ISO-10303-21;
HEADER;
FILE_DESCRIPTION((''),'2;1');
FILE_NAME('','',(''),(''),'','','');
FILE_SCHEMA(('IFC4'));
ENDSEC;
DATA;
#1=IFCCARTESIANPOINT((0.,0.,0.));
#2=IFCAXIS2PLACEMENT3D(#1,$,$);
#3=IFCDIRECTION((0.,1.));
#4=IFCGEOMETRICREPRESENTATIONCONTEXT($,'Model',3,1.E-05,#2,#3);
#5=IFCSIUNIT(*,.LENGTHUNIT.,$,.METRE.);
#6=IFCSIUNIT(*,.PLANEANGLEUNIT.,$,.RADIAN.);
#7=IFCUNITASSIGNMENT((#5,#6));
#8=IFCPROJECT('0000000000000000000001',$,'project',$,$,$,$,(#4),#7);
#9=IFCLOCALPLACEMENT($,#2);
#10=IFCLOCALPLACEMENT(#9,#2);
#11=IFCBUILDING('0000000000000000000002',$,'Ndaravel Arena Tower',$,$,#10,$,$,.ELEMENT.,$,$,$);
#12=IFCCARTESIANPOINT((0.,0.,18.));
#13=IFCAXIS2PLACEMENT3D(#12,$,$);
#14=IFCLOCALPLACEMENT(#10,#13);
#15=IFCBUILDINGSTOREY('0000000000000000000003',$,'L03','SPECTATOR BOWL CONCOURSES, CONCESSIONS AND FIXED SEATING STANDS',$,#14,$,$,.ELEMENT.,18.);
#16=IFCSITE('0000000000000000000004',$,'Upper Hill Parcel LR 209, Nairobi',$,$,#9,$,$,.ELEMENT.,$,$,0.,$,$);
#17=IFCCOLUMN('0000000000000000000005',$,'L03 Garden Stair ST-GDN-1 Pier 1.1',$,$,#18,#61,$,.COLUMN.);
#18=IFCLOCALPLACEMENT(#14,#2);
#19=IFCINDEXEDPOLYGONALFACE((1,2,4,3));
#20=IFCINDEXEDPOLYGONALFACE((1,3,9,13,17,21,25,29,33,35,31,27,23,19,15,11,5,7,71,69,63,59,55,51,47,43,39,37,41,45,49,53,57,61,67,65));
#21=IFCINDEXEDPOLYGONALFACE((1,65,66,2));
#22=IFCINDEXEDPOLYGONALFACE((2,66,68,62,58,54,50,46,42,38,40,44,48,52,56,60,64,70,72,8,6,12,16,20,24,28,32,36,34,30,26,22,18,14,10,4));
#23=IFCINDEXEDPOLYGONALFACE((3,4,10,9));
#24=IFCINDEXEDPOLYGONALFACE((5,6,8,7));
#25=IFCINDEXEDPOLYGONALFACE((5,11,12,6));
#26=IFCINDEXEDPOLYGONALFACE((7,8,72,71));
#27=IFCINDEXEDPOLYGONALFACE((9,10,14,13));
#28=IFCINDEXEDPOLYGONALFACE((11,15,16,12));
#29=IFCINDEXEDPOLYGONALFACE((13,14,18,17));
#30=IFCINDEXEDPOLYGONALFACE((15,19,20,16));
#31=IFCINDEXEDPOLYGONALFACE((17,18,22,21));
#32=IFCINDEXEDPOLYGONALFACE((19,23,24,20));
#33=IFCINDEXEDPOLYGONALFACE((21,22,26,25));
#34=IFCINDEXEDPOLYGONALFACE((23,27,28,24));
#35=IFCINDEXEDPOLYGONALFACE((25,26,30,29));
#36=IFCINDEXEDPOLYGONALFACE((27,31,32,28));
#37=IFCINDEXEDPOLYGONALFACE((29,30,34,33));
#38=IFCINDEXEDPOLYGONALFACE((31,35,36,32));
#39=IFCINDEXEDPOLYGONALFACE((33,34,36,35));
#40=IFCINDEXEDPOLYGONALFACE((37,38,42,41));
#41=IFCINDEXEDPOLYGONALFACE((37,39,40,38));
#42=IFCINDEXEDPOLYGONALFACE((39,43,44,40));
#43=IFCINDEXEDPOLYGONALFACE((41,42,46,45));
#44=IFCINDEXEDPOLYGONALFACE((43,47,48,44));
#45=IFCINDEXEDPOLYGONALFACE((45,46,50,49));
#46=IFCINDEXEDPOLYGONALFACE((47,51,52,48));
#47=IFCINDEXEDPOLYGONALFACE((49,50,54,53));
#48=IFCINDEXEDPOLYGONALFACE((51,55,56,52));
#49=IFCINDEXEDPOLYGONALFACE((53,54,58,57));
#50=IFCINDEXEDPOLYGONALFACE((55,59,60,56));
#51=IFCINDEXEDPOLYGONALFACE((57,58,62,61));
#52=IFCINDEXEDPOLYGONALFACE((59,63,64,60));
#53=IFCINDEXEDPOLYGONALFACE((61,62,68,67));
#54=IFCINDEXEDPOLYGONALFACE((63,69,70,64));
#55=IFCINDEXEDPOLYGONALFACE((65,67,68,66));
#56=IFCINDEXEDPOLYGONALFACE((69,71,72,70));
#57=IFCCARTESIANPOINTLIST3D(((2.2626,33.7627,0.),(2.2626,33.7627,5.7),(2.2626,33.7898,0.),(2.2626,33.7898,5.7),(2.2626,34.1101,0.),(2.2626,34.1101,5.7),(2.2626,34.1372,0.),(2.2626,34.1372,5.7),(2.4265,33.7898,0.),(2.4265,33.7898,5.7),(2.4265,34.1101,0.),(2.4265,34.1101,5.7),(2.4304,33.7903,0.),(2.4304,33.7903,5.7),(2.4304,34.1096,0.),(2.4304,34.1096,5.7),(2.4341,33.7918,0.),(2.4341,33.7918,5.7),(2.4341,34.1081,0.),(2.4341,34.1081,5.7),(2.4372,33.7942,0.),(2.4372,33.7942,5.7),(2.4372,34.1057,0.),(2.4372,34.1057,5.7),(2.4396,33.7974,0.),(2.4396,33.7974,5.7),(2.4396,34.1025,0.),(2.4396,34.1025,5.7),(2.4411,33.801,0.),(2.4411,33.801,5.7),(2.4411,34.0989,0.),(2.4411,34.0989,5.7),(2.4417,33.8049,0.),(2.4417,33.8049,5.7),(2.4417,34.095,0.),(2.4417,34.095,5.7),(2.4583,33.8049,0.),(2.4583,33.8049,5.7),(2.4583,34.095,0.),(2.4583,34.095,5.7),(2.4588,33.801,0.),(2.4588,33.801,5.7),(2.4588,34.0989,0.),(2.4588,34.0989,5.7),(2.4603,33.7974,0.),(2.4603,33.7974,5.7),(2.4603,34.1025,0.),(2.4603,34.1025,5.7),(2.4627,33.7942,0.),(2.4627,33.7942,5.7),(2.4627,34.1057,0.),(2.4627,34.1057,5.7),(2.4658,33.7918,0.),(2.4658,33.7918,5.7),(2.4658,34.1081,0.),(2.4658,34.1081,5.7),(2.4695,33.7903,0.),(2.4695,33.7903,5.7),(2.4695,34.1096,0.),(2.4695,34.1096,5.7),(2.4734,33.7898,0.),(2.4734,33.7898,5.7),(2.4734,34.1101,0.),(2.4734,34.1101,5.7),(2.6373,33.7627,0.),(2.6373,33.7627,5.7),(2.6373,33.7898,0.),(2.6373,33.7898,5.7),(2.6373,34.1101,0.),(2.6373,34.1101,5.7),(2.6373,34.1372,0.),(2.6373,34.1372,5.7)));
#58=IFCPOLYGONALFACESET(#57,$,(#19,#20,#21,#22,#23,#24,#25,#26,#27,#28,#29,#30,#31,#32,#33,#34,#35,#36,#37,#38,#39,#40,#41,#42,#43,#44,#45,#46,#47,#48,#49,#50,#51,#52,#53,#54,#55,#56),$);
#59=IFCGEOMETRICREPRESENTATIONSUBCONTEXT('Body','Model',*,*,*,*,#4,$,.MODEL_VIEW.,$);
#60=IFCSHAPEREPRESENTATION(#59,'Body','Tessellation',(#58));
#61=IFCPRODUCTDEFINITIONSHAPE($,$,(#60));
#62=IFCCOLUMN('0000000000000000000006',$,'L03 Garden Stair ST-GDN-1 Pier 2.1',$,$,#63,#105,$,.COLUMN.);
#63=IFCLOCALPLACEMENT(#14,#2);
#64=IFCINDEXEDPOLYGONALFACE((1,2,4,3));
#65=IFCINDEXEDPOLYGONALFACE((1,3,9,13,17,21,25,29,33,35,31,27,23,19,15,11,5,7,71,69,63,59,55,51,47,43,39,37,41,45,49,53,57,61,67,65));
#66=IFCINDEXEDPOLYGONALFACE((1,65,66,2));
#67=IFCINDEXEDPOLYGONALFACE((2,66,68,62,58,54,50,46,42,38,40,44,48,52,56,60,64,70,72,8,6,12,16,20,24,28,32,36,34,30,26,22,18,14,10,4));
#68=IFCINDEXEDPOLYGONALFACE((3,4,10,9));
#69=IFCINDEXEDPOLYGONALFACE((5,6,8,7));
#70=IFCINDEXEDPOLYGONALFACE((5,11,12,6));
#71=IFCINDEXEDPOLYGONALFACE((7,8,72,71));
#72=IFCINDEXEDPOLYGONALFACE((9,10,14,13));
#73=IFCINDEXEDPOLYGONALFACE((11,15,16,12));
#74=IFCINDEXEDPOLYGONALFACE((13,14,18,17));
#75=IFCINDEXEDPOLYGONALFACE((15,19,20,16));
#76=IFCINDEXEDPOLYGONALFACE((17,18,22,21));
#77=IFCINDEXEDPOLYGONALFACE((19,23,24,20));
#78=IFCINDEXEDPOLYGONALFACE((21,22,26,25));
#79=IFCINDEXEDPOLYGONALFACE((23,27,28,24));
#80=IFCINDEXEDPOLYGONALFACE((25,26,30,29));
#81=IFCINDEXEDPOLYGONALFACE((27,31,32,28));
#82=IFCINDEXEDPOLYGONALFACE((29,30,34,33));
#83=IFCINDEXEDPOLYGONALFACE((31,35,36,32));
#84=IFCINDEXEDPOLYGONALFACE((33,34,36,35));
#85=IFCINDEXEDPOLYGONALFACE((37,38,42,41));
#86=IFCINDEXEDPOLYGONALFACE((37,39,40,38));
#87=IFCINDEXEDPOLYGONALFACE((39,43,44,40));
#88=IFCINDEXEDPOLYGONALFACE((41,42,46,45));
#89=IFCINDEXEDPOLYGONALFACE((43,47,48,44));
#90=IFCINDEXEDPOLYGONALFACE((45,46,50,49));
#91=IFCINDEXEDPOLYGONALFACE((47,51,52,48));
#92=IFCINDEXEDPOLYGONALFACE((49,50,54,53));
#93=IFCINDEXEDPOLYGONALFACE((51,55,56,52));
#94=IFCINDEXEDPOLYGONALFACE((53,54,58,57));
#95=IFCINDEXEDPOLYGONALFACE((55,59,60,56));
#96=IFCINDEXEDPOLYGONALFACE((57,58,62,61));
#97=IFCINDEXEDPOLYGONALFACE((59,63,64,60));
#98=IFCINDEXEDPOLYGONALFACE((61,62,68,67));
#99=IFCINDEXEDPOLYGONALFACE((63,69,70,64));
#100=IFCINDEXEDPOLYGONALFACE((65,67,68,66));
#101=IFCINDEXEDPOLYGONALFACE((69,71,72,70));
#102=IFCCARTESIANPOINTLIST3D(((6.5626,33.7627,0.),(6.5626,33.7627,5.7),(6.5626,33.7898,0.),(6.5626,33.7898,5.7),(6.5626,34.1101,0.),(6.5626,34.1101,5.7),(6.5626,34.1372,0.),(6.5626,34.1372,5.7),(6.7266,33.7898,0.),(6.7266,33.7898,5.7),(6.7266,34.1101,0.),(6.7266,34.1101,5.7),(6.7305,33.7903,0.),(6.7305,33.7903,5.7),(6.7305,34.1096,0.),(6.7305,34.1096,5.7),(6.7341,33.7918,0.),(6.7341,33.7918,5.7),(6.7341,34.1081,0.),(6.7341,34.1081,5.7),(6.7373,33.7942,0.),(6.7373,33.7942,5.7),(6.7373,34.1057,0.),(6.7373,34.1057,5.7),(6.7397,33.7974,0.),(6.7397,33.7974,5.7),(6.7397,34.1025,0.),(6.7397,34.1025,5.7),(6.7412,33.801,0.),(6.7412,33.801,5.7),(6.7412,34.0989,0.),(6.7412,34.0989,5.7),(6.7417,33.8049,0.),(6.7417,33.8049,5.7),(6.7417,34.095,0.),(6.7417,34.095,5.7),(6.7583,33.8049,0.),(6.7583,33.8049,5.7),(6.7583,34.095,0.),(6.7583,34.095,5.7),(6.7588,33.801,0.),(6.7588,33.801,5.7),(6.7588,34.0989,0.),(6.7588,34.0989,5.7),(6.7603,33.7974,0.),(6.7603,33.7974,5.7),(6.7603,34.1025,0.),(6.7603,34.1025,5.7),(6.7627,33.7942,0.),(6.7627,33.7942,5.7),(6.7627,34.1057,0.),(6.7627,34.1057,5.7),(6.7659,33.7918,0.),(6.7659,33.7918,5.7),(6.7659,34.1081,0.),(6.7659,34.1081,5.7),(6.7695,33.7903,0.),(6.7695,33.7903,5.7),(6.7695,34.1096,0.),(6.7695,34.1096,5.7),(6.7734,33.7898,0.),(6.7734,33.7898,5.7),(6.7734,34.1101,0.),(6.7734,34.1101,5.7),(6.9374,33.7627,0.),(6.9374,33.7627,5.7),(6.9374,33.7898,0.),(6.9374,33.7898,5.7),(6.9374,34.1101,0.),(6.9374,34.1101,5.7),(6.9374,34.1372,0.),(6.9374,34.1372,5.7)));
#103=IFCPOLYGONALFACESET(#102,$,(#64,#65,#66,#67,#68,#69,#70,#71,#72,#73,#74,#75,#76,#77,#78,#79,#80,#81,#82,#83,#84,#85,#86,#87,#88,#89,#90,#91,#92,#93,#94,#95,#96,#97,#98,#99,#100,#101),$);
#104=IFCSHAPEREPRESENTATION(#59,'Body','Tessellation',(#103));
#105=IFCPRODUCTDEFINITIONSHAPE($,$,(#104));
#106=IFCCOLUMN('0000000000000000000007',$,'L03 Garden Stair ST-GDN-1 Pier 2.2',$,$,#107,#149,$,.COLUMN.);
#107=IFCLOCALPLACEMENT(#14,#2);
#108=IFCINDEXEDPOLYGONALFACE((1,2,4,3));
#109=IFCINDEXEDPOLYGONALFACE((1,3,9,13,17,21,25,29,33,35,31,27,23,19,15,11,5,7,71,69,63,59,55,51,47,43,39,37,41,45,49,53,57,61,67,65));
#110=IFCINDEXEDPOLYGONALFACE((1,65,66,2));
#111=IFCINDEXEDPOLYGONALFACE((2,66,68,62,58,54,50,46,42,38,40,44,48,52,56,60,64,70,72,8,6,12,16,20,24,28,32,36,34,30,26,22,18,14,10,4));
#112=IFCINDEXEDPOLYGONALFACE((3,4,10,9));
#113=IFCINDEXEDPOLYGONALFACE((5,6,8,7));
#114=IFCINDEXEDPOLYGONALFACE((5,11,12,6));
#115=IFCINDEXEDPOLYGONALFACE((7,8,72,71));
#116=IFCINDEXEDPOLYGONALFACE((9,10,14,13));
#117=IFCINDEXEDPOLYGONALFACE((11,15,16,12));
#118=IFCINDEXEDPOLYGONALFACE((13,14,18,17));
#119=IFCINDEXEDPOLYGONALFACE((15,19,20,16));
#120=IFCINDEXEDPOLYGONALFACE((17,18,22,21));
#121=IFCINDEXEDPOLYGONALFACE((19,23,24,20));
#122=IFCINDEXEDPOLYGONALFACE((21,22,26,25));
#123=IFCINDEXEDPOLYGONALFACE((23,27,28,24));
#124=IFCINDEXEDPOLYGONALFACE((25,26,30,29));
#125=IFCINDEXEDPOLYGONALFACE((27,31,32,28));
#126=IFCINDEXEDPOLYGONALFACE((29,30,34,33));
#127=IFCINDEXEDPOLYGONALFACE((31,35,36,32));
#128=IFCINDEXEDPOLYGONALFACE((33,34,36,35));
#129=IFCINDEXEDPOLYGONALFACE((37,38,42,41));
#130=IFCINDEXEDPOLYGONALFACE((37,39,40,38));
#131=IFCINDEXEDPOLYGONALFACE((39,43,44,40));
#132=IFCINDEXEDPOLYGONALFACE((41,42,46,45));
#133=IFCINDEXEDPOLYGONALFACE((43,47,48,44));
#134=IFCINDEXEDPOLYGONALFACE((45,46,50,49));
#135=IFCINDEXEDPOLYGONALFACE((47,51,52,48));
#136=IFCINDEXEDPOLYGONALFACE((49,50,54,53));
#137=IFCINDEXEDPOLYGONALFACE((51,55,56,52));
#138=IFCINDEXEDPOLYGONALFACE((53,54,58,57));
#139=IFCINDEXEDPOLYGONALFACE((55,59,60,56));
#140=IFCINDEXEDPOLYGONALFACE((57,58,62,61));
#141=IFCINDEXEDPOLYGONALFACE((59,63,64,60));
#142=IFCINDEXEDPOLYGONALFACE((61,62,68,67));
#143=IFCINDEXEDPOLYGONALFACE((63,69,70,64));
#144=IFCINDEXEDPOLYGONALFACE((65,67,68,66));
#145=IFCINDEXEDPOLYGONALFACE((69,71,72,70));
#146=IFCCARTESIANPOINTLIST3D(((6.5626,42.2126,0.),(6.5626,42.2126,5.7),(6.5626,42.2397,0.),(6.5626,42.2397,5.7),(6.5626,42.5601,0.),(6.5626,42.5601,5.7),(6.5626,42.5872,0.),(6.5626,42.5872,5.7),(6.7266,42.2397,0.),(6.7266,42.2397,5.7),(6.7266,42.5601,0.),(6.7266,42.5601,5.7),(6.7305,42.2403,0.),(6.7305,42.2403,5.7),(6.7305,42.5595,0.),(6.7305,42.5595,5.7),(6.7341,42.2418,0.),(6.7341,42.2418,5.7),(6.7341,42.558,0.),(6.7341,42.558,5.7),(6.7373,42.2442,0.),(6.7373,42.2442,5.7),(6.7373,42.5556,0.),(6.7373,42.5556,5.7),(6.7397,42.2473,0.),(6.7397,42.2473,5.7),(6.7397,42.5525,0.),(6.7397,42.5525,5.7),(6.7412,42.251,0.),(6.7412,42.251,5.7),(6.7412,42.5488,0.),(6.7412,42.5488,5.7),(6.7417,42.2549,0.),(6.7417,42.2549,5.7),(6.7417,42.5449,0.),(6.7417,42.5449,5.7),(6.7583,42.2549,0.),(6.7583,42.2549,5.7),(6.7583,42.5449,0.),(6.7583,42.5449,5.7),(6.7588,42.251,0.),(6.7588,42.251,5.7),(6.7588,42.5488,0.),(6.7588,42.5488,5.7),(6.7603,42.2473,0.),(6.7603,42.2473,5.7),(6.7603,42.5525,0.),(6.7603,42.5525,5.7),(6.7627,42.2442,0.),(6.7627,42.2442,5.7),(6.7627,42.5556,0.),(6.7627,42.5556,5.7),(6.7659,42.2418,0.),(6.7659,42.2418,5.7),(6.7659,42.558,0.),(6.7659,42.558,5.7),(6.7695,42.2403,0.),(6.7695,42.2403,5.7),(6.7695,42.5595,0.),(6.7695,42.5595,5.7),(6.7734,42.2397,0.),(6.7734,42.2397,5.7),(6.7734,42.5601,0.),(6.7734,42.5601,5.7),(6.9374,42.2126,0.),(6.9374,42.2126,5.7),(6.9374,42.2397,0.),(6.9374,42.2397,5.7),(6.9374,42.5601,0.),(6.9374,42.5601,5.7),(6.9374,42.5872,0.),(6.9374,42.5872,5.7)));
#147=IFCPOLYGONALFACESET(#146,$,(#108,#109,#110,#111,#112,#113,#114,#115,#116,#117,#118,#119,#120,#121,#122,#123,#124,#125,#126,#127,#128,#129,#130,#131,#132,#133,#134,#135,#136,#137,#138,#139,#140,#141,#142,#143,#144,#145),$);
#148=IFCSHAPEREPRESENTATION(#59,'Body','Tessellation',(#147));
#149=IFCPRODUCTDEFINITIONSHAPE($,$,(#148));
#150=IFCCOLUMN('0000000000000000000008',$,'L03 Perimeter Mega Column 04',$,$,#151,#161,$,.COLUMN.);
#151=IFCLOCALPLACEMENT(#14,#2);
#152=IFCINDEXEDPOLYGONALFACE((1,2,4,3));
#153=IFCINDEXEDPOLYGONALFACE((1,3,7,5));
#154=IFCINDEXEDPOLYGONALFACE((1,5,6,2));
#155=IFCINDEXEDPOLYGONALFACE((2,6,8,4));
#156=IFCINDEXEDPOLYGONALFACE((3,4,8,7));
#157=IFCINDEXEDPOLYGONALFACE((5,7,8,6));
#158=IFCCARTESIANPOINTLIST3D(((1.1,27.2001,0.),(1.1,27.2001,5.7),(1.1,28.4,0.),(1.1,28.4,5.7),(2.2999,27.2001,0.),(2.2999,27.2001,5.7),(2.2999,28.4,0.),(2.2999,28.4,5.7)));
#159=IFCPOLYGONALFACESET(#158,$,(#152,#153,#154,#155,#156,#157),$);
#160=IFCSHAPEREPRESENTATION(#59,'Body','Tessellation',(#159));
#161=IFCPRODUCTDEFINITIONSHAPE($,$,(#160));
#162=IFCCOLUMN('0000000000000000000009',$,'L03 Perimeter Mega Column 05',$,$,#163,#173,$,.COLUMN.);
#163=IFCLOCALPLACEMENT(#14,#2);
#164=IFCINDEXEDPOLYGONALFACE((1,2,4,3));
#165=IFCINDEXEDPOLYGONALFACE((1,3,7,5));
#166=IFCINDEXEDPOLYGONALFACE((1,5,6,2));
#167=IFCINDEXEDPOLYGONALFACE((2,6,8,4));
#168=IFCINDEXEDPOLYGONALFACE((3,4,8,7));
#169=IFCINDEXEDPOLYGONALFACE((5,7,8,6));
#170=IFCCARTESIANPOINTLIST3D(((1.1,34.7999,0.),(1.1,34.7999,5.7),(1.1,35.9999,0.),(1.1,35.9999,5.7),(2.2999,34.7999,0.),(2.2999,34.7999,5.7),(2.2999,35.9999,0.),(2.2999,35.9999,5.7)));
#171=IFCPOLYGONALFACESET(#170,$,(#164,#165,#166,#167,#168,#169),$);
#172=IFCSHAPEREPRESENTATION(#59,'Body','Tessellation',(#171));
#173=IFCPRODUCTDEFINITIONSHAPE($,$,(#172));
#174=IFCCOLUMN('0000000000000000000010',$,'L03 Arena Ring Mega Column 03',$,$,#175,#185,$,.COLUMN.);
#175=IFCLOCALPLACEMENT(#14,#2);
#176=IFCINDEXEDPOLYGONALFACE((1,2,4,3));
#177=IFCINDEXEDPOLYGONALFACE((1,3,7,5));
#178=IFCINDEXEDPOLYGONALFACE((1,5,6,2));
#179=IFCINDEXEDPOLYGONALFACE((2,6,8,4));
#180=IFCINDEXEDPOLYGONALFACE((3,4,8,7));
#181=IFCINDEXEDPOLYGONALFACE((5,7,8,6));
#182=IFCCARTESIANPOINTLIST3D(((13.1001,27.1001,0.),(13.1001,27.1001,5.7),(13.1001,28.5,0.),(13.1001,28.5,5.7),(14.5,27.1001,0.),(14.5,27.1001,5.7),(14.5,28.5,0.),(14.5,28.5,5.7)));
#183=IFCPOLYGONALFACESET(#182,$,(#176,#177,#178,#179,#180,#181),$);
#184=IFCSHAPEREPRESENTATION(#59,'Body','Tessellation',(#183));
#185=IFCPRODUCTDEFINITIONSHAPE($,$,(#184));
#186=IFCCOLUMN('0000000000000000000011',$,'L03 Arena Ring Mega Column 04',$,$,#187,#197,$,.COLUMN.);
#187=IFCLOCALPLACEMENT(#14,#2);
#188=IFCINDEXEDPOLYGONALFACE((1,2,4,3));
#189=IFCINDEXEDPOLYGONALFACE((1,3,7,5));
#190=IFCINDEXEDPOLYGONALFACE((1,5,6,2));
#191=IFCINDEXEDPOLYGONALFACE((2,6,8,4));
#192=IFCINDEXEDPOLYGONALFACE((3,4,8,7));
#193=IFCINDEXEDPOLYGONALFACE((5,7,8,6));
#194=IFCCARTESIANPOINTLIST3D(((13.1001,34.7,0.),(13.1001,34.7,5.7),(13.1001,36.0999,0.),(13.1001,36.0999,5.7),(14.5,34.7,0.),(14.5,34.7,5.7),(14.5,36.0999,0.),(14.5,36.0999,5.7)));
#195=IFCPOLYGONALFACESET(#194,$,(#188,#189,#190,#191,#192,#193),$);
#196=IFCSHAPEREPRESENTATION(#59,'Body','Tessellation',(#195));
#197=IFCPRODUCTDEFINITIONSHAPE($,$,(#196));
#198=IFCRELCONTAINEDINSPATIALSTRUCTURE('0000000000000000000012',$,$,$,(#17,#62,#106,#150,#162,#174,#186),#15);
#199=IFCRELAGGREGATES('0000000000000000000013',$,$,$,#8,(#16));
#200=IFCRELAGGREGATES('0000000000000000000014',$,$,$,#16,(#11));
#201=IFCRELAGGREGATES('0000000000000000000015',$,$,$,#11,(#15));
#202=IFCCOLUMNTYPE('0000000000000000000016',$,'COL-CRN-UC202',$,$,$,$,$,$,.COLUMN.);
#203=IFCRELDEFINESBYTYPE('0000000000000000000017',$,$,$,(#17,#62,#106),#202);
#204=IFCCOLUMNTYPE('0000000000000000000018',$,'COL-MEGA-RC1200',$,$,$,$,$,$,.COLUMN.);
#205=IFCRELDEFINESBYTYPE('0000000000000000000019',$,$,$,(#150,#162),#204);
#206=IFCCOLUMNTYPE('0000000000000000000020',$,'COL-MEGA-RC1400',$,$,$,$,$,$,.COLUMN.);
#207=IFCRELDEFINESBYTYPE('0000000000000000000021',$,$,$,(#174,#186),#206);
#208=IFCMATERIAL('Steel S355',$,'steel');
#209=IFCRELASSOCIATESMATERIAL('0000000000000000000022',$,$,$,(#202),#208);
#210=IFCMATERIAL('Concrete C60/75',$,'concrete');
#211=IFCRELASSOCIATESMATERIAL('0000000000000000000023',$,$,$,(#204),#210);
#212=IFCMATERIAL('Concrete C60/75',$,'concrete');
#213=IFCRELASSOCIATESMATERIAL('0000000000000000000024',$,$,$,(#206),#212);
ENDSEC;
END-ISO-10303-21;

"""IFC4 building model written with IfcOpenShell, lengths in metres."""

from ifc_helpers import new_model, si_unit, direction, frame, origin, origin_2d, place, context, subcontext, project, spatial, rectangle, i_section, extrude, material, material_profile, profile_set, type_object, element, save


model = new_model("IFC4")

# Units and contexts
model_context = context("Model", 3, precision=1e-05, world=origin(), true_north=direction((0.0, 1.0)))
body_context = subcontext(model_context, "Body", "Model", "MODEL_VIEW")
ifc_project = project(units=[si_unit("LENGTHUNIT", "METRE"), si_unit("PLANEANGLEUNIT", "RADIAN")], contexts=[model_context])

# Site, building, storey
site_placement = place(None, origin())
site = spatial("IfcSite", under=ifc_project, at=site_placement, Name="Upper Hill Parcel LR 209, Nairobi", CompositionType="ELEMENT", RefElevation=0.0)
building_placement = place(site_placement, origin())
building = spatial("IfcBuilding", under=site, at=building_placement, Name="Ndaravel Arena Tower", CompositionType="ELEMENT")
storey_placement = place(building_placement, frame((0.0, 0.0, 18.0)))
storey = spatial("IfcBuildingStorey", under=building, at=storey_placement, Name="L03", Description="SPECTATOR BOWL CONCOURSES, CONCESSIONS AND FIXED SEATING STANDS", CompositionType="ELEMENT", Elevation=18.0)

# Columns
ifc_material_1 = material(Name="Steel S355", Category="steel")
ifc_material_profile_1 = material_profile(ifc_material_1, i_section(OverallWidth=0.3748, OverallDepth=0.3745, WebThickness=0.0166, FlangeThickness=0.0271, FilletRadius=0.0151, at=origin_2d()), Name="UC 356x368x202")
ifc_profile_set_1 = profile_set([ifc_material_profile_1], Name="Steel S355")
column_type_1 = type_object("IfcColumnType", Name="COL-CRN-UC202", PredefinedType="COLUMN", material=ifc_profile_set_1)
for number, where, z_axis, x_axis, name in (
    (1, (2.45, 33.95, 0.0), (0.0, 0.0, 1.0), (1.0, 0.0, 0.0), "L03 Garden Stair ST-GDN-1 Pier 1.1"),
    (2, (6.75, 33.95, 0.0), (0.0, 0.0, 1.0), (1.0, 0.0, 0.0), "L03 Garden Stair ST-GDN-1 Pier 2.1"),
    (3, (6.75, 42.3999, 0.0), (0.0, 0.0, 1.0), (1.0, 0.0, 0.0), "L03 Garden Stair ST-GDN-1 Pier 2.2"),
):
    element("IfcColumn", number, at=place(storey_placement, frame(where, z_axis=z_axis, x_axis=x_axis)), inside=storey, type_object=column_type_1, Name=name, PredefinedType="COLUMN", context=body_context, shape_type="SweptSolid", body=[
        extrude(i_section(OverallWidth=0.3748, OverallDepth=0.3745, WebThickness=0.0166, FlangeThickness=0.0271, FilletRadius=0.0151, at=origin_2d()), origin(), (0.0, 0.0, 1.0), 5.7),
    ])
ifc_material_2 = material(Name="Concrete C60/75", Category="concrete")
ifc_material_profile_2 = material_profile(ifc_material_2, rectangle(XDim=1.2, YDim=1.2, at=origin_2d()), Name="RC 1200x1200")
ifc_profile_set_2 = profile_set([ifc_material_profile_2], Name="Concrete C60/75")
column_type_2 = type_object("IfcColumnType", Name="COL-MEGA-RC1200", PredefinedType="COLUMN", material=ifc_profile_set_2)
for number, where, z_axis, x_axis, name in (
    (4, (1.7, 27.8, 0.0), (0.0, 0.0, 1.0), (1.0, 0.0, 0.0), "L03 Perimeter Mega Column 04"),
    (5, (1.7, 35.3999, 0.0), (0.0, 0.0, 1.0), (1.0, 0.0, 0.0), "L03 Perimeter Mega Column 05"),
):
    element("IfcColumn", number, at=place(storey_placement, frame(where, z_axis=z_axis, x_axis=x_axis)), inside=storey, type_object=column_type_2, Name=name, PredefinedType="COLUMN", context=body_context, shape_type="SweptSolid", body=[
        extrude(rectangle(XDim=1.2, YDim=1.2, at=origin_2d()), origin(), (0.0, 0.0, 1.0), 5.7),
    ])
ifc_material_3 = material(Name="Concrete C60/75", Category="concrete")
ifc_material_profile_3 = material_profile(ifc_material_3, rectangle(XDim=1.3999, YDim=1.3999, at=origin_2d()), Name="RC 1400x1400")
ifc_profile_set_3 = profile_set([ifc_material_profile_3], Name="Concrete C60/75")
column_type_3 = type_object("IfcColumnType", Name="COL-MEGA-RC1400", PredefinedType="COLUMN", material=ifc_profile_set_3)
for number, where, z_axis, x_axis, name in (
    (6, (13.8, 27.8, 0.0), (0.0, 0.0, 1.0), (1.0, 0.0, 0.0), "L03 Arena Ring Mega Column 03"),
    (7, (13.8, 35.3999, 0.0), (0.0, 0.0, 1.0), (1.0, 0.0, 0.0), "L03 Arena Ring Mega Column 04"),
):
    element("IfcColumn", number, at=place(storey_placement, frame(where, z_axis=z_axis, x_axis=x_axis)), inside=storey, type_object=column_type_3, Name=name, PredefinedType="COLUMN", context=body_context, shape_type="SweptSolid", body=[
        extrude(rectangle(XDim=1.3999, YDim=1.3999, at=origin_2d()), origin(), (0.0, 0.0, 1.0), 5.7),
    ])

save(model, "model.ifc")
